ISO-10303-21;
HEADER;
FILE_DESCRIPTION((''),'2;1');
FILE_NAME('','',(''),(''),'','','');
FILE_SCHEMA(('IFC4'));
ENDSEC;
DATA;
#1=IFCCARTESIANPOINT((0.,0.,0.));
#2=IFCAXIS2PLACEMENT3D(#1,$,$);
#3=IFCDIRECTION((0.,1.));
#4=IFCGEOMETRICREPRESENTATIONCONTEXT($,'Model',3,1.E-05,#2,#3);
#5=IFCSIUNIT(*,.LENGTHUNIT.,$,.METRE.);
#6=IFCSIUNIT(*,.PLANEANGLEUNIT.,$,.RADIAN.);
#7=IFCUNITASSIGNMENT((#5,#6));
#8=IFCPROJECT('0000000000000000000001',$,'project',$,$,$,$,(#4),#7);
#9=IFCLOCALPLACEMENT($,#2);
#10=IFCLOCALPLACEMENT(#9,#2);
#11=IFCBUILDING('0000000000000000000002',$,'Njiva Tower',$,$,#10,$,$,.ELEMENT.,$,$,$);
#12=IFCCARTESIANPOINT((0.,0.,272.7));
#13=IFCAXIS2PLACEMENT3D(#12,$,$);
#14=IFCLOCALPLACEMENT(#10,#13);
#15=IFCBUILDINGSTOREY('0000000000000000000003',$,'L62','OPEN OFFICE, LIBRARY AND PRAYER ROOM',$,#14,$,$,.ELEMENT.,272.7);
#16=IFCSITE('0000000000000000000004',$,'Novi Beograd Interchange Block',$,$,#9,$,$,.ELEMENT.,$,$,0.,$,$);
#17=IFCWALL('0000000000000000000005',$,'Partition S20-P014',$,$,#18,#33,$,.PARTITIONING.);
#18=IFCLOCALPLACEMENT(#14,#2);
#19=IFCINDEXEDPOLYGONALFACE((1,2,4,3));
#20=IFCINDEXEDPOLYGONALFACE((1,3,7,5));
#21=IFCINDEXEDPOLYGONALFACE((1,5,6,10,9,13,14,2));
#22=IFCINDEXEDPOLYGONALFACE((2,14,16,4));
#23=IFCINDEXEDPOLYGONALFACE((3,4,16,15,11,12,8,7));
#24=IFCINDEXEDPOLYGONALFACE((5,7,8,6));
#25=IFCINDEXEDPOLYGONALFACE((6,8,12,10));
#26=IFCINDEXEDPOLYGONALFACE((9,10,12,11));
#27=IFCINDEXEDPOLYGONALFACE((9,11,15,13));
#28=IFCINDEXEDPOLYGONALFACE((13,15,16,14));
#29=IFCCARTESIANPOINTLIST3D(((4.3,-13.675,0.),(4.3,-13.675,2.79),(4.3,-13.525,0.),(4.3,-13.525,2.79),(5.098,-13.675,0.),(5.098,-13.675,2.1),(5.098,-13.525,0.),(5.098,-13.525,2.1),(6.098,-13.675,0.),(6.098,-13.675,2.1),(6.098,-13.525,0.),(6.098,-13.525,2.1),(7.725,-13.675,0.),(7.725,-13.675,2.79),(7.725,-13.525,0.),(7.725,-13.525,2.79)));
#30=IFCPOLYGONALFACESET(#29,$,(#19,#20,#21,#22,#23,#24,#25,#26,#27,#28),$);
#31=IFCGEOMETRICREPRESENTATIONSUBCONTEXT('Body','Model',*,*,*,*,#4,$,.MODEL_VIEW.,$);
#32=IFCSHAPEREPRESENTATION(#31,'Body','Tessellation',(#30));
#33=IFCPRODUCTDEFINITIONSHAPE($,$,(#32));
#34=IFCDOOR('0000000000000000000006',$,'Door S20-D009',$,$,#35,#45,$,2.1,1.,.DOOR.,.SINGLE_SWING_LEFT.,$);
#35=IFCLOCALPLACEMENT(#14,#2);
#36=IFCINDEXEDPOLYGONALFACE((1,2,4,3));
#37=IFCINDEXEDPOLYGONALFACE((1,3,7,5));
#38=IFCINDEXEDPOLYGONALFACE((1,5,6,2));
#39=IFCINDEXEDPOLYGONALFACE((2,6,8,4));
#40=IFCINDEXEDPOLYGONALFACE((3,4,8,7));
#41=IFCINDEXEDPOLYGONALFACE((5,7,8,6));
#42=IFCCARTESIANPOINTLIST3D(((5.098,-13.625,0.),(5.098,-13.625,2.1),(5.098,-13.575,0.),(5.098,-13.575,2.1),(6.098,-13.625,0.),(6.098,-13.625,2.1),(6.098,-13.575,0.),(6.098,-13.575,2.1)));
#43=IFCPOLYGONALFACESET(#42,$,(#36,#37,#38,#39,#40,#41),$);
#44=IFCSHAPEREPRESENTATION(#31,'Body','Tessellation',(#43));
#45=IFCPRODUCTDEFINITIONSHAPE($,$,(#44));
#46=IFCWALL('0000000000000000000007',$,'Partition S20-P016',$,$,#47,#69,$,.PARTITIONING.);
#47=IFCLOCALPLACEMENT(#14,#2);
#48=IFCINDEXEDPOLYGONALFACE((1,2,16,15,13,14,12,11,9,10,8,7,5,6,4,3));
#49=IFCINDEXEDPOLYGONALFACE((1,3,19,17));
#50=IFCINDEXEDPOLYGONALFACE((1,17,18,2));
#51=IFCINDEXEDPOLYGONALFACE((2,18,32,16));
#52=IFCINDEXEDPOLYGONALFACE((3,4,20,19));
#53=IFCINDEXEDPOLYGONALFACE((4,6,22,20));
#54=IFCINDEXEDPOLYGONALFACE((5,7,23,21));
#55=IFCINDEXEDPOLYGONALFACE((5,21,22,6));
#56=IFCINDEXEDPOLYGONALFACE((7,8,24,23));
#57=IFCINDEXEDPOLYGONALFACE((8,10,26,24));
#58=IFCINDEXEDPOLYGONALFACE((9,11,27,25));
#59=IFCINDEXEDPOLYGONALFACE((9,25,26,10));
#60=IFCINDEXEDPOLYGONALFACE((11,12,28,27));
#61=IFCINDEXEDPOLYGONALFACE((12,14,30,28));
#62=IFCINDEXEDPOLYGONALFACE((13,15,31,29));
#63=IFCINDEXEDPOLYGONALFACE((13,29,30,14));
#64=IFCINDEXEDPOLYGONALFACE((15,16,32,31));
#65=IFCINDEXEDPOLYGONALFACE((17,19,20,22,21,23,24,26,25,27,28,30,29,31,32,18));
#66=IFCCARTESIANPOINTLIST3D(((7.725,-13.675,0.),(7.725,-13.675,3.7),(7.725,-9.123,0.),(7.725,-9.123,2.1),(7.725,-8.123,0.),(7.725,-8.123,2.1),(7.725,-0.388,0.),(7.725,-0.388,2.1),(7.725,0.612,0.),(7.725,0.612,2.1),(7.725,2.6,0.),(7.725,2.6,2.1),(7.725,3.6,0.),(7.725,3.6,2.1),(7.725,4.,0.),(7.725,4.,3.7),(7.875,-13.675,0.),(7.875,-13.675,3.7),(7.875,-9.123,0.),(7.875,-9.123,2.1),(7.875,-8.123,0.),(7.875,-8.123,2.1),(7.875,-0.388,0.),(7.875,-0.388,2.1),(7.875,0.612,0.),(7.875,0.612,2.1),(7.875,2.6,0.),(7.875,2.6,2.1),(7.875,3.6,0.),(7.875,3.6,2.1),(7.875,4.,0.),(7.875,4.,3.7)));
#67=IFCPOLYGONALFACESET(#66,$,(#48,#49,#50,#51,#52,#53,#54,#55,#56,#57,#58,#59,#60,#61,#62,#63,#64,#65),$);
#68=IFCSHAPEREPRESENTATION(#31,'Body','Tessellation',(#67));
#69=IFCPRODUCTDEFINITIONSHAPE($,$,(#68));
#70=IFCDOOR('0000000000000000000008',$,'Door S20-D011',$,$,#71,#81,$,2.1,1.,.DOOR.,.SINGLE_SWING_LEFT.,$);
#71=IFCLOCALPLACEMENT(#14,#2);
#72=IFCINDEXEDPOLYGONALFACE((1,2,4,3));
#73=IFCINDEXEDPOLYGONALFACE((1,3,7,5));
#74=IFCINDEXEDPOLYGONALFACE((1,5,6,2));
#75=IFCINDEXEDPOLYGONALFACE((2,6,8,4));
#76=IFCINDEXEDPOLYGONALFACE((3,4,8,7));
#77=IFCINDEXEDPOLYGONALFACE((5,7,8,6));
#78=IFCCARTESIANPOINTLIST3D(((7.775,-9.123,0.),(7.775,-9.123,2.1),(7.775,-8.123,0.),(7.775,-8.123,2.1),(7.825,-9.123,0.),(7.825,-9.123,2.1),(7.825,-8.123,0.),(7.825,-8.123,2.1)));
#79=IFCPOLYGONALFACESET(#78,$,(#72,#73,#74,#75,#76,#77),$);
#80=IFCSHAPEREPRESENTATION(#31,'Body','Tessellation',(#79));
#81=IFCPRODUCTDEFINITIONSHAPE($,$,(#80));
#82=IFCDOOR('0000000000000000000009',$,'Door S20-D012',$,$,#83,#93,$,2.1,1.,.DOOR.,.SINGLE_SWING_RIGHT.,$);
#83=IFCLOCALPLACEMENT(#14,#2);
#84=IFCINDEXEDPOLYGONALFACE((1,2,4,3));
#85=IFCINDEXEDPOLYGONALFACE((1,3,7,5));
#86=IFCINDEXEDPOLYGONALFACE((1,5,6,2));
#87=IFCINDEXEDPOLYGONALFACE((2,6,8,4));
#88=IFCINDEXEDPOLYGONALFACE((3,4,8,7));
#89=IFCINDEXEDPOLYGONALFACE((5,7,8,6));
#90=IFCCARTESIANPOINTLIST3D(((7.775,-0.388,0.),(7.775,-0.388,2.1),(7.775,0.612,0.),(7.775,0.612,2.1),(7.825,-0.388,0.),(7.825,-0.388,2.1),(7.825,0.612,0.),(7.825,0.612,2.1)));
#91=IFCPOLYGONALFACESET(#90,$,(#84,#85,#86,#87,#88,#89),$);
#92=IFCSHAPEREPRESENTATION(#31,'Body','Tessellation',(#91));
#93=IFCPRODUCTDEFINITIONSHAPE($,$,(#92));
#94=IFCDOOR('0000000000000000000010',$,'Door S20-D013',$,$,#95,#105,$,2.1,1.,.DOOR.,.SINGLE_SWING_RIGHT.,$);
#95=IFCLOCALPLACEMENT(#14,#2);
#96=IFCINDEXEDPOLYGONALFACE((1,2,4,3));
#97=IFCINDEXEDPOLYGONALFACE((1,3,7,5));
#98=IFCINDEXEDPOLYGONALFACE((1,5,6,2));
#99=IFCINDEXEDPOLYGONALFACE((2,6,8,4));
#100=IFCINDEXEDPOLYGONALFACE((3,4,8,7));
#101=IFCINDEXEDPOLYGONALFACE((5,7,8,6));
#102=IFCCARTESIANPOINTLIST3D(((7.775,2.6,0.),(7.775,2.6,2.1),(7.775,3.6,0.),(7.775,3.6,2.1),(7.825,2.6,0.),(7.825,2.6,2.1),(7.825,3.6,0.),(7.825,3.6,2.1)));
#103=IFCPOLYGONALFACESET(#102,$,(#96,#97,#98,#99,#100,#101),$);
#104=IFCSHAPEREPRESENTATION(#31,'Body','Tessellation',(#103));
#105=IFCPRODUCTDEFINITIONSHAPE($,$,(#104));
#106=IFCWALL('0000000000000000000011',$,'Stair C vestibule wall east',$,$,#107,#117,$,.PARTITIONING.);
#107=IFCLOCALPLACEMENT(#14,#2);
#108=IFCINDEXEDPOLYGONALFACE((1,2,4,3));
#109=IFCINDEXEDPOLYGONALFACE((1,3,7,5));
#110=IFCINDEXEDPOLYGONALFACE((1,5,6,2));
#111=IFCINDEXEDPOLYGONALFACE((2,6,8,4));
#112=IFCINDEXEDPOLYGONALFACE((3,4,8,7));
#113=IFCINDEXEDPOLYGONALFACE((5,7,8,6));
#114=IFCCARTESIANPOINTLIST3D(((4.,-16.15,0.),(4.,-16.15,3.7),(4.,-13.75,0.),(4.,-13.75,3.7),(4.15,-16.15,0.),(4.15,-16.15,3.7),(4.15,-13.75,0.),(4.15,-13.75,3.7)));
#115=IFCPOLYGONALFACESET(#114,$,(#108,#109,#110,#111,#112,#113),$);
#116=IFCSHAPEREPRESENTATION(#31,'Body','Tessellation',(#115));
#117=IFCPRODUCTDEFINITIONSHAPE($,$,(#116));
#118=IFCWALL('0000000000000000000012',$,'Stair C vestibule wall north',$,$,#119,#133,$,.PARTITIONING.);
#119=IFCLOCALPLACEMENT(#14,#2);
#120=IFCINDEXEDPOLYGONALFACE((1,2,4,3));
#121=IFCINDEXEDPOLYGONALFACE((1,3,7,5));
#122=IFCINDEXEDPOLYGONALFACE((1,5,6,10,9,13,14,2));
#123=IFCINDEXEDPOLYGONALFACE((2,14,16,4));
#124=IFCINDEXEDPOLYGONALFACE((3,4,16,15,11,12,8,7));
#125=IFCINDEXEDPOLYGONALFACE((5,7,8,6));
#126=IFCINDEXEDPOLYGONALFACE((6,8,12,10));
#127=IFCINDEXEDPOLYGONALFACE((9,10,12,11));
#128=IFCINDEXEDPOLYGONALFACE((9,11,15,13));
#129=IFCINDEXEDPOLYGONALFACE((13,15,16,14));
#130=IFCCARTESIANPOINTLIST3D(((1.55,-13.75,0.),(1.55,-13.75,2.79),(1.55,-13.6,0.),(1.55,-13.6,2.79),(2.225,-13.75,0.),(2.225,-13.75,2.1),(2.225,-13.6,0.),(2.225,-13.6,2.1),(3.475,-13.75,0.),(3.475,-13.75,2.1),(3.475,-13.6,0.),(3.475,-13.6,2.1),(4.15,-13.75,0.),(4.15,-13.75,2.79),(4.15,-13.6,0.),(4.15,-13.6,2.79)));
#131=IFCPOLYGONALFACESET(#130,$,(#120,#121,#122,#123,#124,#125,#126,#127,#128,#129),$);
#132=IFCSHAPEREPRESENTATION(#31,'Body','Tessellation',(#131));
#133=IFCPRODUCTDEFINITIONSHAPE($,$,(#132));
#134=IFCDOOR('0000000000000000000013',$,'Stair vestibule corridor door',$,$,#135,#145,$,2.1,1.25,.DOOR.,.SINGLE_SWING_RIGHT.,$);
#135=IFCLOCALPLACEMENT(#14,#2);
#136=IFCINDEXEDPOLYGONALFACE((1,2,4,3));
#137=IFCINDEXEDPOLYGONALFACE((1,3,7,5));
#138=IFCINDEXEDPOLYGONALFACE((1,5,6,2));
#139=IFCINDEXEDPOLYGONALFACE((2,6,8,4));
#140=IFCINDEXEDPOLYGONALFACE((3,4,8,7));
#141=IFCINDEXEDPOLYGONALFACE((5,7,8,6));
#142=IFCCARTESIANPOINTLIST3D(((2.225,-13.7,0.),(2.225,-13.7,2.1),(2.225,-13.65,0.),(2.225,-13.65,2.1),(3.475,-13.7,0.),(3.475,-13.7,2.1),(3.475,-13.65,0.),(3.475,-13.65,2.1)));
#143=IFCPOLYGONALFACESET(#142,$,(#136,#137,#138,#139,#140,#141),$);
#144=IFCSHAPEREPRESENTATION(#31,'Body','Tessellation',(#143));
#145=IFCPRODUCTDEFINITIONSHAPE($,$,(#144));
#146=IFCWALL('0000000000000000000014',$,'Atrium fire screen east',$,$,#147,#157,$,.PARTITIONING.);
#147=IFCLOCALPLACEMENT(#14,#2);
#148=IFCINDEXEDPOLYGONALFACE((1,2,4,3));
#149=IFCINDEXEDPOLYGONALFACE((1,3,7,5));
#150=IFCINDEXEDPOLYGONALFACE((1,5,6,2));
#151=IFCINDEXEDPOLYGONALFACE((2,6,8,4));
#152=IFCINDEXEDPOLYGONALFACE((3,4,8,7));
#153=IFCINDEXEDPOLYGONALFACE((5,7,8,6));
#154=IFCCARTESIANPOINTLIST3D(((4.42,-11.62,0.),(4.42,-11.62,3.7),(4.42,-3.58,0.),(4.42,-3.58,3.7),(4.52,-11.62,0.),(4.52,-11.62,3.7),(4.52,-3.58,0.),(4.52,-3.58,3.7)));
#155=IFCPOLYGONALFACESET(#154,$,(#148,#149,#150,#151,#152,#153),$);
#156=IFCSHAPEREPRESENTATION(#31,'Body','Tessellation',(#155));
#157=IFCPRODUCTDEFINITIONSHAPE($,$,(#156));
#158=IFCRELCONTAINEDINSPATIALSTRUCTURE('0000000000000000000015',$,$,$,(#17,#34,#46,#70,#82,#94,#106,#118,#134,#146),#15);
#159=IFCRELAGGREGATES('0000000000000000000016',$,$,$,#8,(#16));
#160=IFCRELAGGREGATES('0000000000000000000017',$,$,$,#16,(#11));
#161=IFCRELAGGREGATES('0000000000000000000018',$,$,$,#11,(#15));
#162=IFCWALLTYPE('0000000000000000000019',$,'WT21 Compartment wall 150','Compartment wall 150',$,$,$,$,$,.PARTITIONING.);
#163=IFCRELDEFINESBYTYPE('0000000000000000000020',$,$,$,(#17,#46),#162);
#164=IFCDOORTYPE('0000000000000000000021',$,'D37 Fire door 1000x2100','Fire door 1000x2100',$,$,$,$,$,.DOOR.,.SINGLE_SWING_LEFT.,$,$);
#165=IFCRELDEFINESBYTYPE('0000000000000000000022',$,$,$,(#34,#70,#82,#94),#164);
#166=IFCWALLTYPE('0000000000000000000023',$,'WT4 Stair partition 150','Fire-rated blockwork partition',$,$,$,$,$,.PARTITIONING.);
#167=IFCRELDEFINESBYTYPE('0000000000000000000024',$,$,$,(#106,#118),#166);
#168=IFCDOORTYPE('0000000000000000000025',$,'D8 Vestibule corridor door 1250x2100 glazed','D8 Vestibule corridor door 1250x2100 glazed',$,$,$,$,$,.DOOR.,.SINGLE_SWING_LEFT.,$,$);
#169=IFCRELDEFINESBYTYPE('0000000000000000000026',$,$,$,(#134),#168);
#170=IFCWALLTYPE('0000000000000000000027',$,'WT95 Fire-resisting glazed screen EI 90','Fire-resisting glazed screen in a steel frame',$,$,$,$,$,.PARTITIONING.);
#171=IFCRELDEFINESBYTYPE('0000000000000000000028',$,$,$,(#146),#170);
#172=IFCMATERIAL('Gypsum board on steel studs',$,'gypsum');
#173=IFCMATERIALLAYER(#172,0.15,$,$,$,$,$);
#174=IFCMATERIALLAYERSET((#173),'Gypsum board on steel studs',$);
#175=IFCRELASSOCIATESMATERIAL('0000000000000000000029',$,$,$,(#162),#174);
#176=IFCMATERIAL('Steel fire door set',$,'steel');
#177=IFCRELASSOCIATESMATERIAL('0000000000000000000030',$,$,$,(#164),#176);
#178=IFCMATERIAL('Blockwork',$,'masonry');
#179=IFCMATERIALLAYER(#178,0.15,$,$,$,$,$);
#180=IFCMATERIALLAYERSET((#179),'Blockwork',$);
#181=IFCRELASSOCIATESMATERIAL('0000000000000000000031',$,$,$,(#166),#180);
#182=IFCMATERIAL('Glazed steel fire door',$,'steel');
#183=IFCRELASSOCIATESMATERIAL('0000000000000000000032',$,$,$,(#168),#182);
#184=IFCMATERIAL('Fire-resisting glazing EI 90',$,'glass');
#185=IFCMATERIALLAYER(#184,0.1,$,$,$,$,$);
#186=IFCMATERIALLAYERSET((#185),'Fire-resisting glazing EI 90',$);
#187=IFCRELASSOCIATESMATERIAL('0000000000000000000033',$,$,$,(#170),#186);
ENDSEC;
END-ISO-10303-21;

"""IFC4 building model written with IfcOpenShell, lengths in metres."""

from ifc_helpers import new_model, si_unit, direction, frame, frame_2d, origin, place, context, subcontext, project, spatial, rectangle, extrude, material, layer, layer_set, type_object, element, fill, save


model = new_model("IFC4")

# Units and contexts
model_context = context("Model", 3, precision=1e-05, world=origin(), true_north=direction((0.0, 1.0)))
body_context = subcontext(model_context, "Body", "Model", "MODEL_VIEW")
ifc_project = project(units=[si_unit("LENGTHUNIT", "METRE"), si_unit("PLANEANGLEUNIT", "RADIAN")], contexts=[model_context])

# Site, building, storey
site_placement = place(None, origin())
site = spatial("IfcSite", under=ifc_project, at=site_placement, Name="Novi Beograd Interchange Block", CompositionType="ELEMENT", RefElevation=0.0)
building_placement = place(site_placement, origin())
building = spatial("IfcBuilding", under=site, at=building_placement, Name="Njiva Tower", CompositionType="ELEMENT")
storey_placement = place(building_placement, frame((0.0, 0.0, 272.7)))
storey = spatial("IfcBuildingStorey", under=building, at=storey_placement, Name="L62", Description="OPEN OFFICE, LIBRARY AND PRAYER ROOM", CompositionType="ELEMENT", Elevation=272.7)

# Shared definitions
ifc_material_1 = material(Name="Gypsum board on steel studs", Category="gypsum")

# Wall, opening, door
ifc_layer_1 = layer(ifc_material_1, 0.15)
ifc_layer_set_1 = layer_set([ifc_layer_1], Name="Gypsum board on steel studs")
wall_type_1 = type_object("IfcWallType", Name="WT21 Compartment wall 150", Description="Compartment wall 150", PredefinedType="PARTITIONING", material=ifc_layer_set_1)
wall_1_placement = place(storey_placement, frame((4.3, -13.6, 0.0), z_axis=(0.0, 0.0, 1.0), x_axis=(1.0, 0.0, 0.0)))
wall_1 = element("IfcWall", 1, at=wall_1_placement, inside=storey, type_object=wall_type_1, Name="Partition S20-P014", PredefinedType="PARTITIONING", context=body_context, shape_type="SweptSolid", body=[
    extrude(rectangle(XDim=3.425, YDim=0.15, at=frame_2d((1.7125, 0.0))), origin(), (0.0, 0.0, 1.0), 2.79),
])
opening_1_placement = place(wall_1_placement, frame((0.798, 0.0, 0.0)))
opening_1 = element("IfcOpeningElement", 2, at=opening_1_placement, cuts=wall_1, PredefinedType="OPENING", context=body_context, shape_type="SweptSolid", body=[
    extrude(rectangle(XDim=1.0, YDim=2.1, at=frame_2d((0.5, 1.05))), frame((0.0, 0.085, 0.0), z_axis=(0.0, -1.0, 0.0), x_axis=(1.0, 0.0, 0.0)), (0.0, 0.0, 1.0), 0.17),
])
ifc_material_2 = material(Name="Steel fire door set", Category="steel")
door_type_1 = type_object("IfcDoorType", Name="D37 Fire door 1000x2100", Description="Fire door 1000x2100", OperationType="SINGLE_SWING_LEFT", PredefinedType="DOOR", material=ifc_material_2)
door_1_placement = place(opening_1_placement, origin())
door_1 = element("IfcDoor", 3, at=door_1_placement, inside=storey, type_object=door_type_1, Name="Door S20-D009", OperationType="SINGLE_SWING_LEFT", OverallHeight=2.1, OverallWidth=1.0, PredefinedType="DOOR", context=body_context, shape_type="SweptSolid", body=[
    extrude(rectangle(XDim=1.0, YDim=2.1, at=frame_2d((0.5, 1.05))), frame((0.0, 0.025, 0.0), z_axis=(0.0, -1.0, 0.0), x_axis=(1.0, 0.0, 0.0)), (0.0, 0.0, 1.0), 0.05),
])
fill(opening_1, door_1)

# Wall, openings, doors
wall_2_placement = place(storey_placement, frame((7.8, -13.675, 0.0), z_axis=(0.0, 0.0, 1.0), x_axis=(0.0, 1.0, 0.0)))
wall_2 = element("IfcWall", 4, at=wall_2_placement, inside=storey, type_object=wall_type_1, Name="Partition S20-P016", PredefinedType="PARTITIONING", context=body_context, shape_type="SweptSolid", body=[
    extrude(rectangle(XDim=17.675, YDim=0.15, at=frame_2d((8.8375, 0.0))), origin(), (0.0, 0.0, 1.0), 3.7),
])
opening_2_placement = place(wall_2_placement, frame((4.552, 0.0, 0.0)))
opening_2 = element("IfcOpeningElement", 5, at=opening_2_placement, cuts=wall_2, PredefinedType="OPENING", context=body_context, shape_type="SweptSolid", body=[
    extrude(rectangle(XDim=1.0, YDim=2.1, at=frame_2d((0.5, 1.05))), frame((0.0, 0.085, 0.0), z_axis=(0.0, -1.0, 0.0), x_axis=(1.0, 0.0, 0.0)), (0.0, 0.0, 1.0), 0.17),
])
opening_3_placement = place(wall_2_placement, frame((13.287, 0.0, 0.0)))
opening_3 = element("IfcOpeningElement", 6, at=opening_3_placement, cuts=wall_2, PredefinedType="OPENING", context=body_context, shape_type="SweptSolid", body=[
    extrude(rectangle(XDim=1.0, YDim=2.1, at=frame_2d((0.5, 1.05))), frame((0.0, 0.085, 0.0), z_axis=(0.0, -1.0, 0.0), x_axis=(1.0, 0.0, 0.0)), (0.0, 0.0, 1.0), 0.17),
])
opening_4_placement = place(wall_2_placement, frame((16.275, 0.0, 0.0)))
opening_4 = element("IfcOpeningElement", 7, at=opening_4_placement, cuts=wall_2, PredefinedType="OPENING", context=body_context, shape_type="SweptSolid", body=[
    extrude(rectangle(XDim=1.0, YDim=2.1, at=frame_2d((0.5, 1.05))), frame((0.0, 0.085, 0.0), z_axis=(0.0, -1.0, 0.0), x_axis=(1.0, 0.0, 0.0)), (0.0, 0.0, 1.0), 0.17),
])
door_2_placement = place(opening_2_placement, origin())
door_2 = element("IfcDoor", 8, at=door_2_placement, inside=storey, type_object=door_type_1, Name="Door S20-D011", OperationType="SINGLE_SWING_LEFT", OverallHeight=2.1, OverallWidth=1.0, PredefinedType="DOOR", context=body_context, shape_type="SweptSolid", body=[
    extrude(rectangle(XDim=1.0, YDim=2.1, at=frame_2d((0.5, 1.05))), frame((0.0, 0.025, 0.0), z_axis=(0.0, -1.0, 0.0), x_axis=(1.0, 0.0, 0.0)), (0.0, 0.0, 1.0), 0.05),
])
fill(opening_2, door_2)
door_3_placement = place(opening_3_placement, origin())
door_3 = element("IfcDoor", 9, at=door_3_placement, inside=storey, type_object=door_type_1, Name="Door S20-D012", OperationType="SINGLE_SWING_RIGHT", OverallHeight=2.1, OverallWidth=1.0, PredefinedType="DOOR", context=body_context, shape_type="SweptSolid", body=[
    extrude(rectangle(XDim=1.0, YDim=2.1, at=frame_2d((0.5, 1.05))), frame((0.0, 0.025, 0.0), z_axis=(0.0, -1.0, 0.0), x_axis=(1.0, 0.0, 0.0)), (0.0, 0.0, 1.0), 0.05),
])
fill(opening_3, door_3)
door_4_placement = place(opening_4_placement, origin())
door_4 = element("IfcDoor", 10, at=door_4_placement, inside=storey, type_object=door_type_1, Name="Door S20-D013", OperationType="SINGLE_SWING_RIGHT", OverallHeight=2.1, OverallWidth=1.0, PredefinedType="DOOR", context=body_context, shape_type="SweptSolid", body=[
    extrude(rectangle(XDim=1.0, YDim=2.1, at=frame_2d((0.5, 1.05))), frame((0.0, 0.025, 0.0), z_axis=(0.0, -1.0, 0.0), x_axis=(1.0, 0.0, 0.0)), (0.0, 0.0, 1.0), 0.05),
])
fill(opening_4, door_4)

# Wall
ifc_material_3 = material(Name="Blockwork", Category="masonry")
ifc_layer_2 = layer(ifc_material_3, 0.15)
ifc_layer_set_2 = layer_set([ifc_layer_2], Name="Blockwork")
wall_type_2 = type_object("IfcWallType", Name="WT4 Stair partition 150", Description="Fire-rated blockwork partition", PredefinedType="PARTITIONING", material=ifc_layer_set_2)
wall_3_placement = place(storey_placement, frame((4.075, -16.15, 0.0), z_axis=(0.0, 0.0, 1.0), x_axis=(0.0, 1.0, 0.0)))
element("IfcWall", 11, at=wall_3_placement, inside=storey, type_object=wall_type_2, Name="Stair C vestibule wall east", PredefinedType="PARTITIONING", context=body_context, shape_type="SweptSolid", body=[
    extrude(rectangle(XDim=2.4, YDim=0.15, at=frame_2d((1.2, 0.0))), origin(), (0.0, 0.0, 1.0), 3.7),
])

# Wall, opening, door
wall_4_placement = place(storey_placement, frame((1.55, -13.675, 0.0), z_axis=(0.0, 0.0, 1.0), x_axis=(1.0, 0.0, 0.0)))
wall_4 = element("IfcWall", 12, at=wall_4_placement, inside=storey, type_object=wall_type_2, Name="Stair C vestibule wall north", PredefinedType="PARTITIONING", context=body_context, shape_type="SweptSolid", body=[
    extrude(rectangle(XDim=2.6, YDim=0.15, at=frame_2d((1.3, 0.0))), origin(), (0.0, 0.0, 1.0), 2.79),
])
opening_5_placement = place(wall_4_placement, frame((0.675, 0.0, 0.0)))
opening_5 = element("IfcOpeningElement", 13, at=opening_5_placement, cuts=wall_4, PredefinedType="OPENING", context=body_context, shape_type="SweptSolid", body=[
    extrude(rectangle(XDim=1.25, YDim=2.1, at=frame_2d((0.625, 1.05))), frame((0.0, 0.085, 0.0), z_axis=(0.0, -1.0, 0.0), x_axis=(1.0, 0.0, 0.0)), (0.0, 0.0, 1.0), 0.17),
])
ifc_material_4 = material(Name="Glazed steel fire door", Category="steel")
door_type_2 = type_object("IfcDoorType", Name="D8 Vestibule corridor door 1250x2100 glazed", Description="D8 Vestibule corridor door 1250x2100 glazed", OperationType="SINGLE_SWING_LEFT", PredefinedType="DOOR", material=ifc_material_4)
door_5_placement = place(opening_5_placement, origin())
door_5 = element("IfcDoor", 14, at=door_5_placement, inside=storey, type_object=door_type_2, Name="Stair vestibule corridor door", OperationType="SINGLE_SWING_RIGHT", OverallHeight=2.1, OverallWidth=1.25, PredefinedType="DOOR", context=body_context, shape_type="SweptSolid", body=[
    extrude(rectangle(XDim=1.25, YDim=2.1, at=frame_2d((0.625, 1.05))), frame((0.0, 0.025, 0.0), z_axis=(0.0, -1.0, 0.0), x_axis=(1.0, 0.0, 0.0)), (0.0, 0.0, 1.0), 0.05),
])
fill(opening_5, door_5)

# Wall
ifc_material_5 = material(Name="Fire-resisting glazing EI 90", Category="glass")
ifc_layer_3 = layer(ifc_material_5, 0.1)
ifc_layer_set_3 = layer_set([ifc_layer_3], Name="Fire-resisting glazing EI 90")
wall_type_3 = type_object("IfcWallType", Name="WT95 Fire-resisting glazed screen EI 90", Description="Fire-resisting glazed screen in a steel frame", PredefinedType="PARTITIONING", material=ifc_layer_set_3)
wall_5_placement = place(storey_placement, frame((4.47, -11.62, 0.0), z_axis=(0.0, 0.0, 1.0), x_axis=(0.0, 1.0, 0.0)))
element("IfcWall", 15, at=wall_5_placement, inside=storey, type_object=wall_type_3, Name="Atrium fire screen east", PredefinedType="PARTITIONING", context=body_context, shape_type="SweptSolid", body=[
    extrude(rectangle(XDim=8.04, YDim=0.1, at=frame_2d((4.02, 0.0))), origin(), (0.0, 0.0, 1.0), 3.7),
])

save(model, "model.ifc")
